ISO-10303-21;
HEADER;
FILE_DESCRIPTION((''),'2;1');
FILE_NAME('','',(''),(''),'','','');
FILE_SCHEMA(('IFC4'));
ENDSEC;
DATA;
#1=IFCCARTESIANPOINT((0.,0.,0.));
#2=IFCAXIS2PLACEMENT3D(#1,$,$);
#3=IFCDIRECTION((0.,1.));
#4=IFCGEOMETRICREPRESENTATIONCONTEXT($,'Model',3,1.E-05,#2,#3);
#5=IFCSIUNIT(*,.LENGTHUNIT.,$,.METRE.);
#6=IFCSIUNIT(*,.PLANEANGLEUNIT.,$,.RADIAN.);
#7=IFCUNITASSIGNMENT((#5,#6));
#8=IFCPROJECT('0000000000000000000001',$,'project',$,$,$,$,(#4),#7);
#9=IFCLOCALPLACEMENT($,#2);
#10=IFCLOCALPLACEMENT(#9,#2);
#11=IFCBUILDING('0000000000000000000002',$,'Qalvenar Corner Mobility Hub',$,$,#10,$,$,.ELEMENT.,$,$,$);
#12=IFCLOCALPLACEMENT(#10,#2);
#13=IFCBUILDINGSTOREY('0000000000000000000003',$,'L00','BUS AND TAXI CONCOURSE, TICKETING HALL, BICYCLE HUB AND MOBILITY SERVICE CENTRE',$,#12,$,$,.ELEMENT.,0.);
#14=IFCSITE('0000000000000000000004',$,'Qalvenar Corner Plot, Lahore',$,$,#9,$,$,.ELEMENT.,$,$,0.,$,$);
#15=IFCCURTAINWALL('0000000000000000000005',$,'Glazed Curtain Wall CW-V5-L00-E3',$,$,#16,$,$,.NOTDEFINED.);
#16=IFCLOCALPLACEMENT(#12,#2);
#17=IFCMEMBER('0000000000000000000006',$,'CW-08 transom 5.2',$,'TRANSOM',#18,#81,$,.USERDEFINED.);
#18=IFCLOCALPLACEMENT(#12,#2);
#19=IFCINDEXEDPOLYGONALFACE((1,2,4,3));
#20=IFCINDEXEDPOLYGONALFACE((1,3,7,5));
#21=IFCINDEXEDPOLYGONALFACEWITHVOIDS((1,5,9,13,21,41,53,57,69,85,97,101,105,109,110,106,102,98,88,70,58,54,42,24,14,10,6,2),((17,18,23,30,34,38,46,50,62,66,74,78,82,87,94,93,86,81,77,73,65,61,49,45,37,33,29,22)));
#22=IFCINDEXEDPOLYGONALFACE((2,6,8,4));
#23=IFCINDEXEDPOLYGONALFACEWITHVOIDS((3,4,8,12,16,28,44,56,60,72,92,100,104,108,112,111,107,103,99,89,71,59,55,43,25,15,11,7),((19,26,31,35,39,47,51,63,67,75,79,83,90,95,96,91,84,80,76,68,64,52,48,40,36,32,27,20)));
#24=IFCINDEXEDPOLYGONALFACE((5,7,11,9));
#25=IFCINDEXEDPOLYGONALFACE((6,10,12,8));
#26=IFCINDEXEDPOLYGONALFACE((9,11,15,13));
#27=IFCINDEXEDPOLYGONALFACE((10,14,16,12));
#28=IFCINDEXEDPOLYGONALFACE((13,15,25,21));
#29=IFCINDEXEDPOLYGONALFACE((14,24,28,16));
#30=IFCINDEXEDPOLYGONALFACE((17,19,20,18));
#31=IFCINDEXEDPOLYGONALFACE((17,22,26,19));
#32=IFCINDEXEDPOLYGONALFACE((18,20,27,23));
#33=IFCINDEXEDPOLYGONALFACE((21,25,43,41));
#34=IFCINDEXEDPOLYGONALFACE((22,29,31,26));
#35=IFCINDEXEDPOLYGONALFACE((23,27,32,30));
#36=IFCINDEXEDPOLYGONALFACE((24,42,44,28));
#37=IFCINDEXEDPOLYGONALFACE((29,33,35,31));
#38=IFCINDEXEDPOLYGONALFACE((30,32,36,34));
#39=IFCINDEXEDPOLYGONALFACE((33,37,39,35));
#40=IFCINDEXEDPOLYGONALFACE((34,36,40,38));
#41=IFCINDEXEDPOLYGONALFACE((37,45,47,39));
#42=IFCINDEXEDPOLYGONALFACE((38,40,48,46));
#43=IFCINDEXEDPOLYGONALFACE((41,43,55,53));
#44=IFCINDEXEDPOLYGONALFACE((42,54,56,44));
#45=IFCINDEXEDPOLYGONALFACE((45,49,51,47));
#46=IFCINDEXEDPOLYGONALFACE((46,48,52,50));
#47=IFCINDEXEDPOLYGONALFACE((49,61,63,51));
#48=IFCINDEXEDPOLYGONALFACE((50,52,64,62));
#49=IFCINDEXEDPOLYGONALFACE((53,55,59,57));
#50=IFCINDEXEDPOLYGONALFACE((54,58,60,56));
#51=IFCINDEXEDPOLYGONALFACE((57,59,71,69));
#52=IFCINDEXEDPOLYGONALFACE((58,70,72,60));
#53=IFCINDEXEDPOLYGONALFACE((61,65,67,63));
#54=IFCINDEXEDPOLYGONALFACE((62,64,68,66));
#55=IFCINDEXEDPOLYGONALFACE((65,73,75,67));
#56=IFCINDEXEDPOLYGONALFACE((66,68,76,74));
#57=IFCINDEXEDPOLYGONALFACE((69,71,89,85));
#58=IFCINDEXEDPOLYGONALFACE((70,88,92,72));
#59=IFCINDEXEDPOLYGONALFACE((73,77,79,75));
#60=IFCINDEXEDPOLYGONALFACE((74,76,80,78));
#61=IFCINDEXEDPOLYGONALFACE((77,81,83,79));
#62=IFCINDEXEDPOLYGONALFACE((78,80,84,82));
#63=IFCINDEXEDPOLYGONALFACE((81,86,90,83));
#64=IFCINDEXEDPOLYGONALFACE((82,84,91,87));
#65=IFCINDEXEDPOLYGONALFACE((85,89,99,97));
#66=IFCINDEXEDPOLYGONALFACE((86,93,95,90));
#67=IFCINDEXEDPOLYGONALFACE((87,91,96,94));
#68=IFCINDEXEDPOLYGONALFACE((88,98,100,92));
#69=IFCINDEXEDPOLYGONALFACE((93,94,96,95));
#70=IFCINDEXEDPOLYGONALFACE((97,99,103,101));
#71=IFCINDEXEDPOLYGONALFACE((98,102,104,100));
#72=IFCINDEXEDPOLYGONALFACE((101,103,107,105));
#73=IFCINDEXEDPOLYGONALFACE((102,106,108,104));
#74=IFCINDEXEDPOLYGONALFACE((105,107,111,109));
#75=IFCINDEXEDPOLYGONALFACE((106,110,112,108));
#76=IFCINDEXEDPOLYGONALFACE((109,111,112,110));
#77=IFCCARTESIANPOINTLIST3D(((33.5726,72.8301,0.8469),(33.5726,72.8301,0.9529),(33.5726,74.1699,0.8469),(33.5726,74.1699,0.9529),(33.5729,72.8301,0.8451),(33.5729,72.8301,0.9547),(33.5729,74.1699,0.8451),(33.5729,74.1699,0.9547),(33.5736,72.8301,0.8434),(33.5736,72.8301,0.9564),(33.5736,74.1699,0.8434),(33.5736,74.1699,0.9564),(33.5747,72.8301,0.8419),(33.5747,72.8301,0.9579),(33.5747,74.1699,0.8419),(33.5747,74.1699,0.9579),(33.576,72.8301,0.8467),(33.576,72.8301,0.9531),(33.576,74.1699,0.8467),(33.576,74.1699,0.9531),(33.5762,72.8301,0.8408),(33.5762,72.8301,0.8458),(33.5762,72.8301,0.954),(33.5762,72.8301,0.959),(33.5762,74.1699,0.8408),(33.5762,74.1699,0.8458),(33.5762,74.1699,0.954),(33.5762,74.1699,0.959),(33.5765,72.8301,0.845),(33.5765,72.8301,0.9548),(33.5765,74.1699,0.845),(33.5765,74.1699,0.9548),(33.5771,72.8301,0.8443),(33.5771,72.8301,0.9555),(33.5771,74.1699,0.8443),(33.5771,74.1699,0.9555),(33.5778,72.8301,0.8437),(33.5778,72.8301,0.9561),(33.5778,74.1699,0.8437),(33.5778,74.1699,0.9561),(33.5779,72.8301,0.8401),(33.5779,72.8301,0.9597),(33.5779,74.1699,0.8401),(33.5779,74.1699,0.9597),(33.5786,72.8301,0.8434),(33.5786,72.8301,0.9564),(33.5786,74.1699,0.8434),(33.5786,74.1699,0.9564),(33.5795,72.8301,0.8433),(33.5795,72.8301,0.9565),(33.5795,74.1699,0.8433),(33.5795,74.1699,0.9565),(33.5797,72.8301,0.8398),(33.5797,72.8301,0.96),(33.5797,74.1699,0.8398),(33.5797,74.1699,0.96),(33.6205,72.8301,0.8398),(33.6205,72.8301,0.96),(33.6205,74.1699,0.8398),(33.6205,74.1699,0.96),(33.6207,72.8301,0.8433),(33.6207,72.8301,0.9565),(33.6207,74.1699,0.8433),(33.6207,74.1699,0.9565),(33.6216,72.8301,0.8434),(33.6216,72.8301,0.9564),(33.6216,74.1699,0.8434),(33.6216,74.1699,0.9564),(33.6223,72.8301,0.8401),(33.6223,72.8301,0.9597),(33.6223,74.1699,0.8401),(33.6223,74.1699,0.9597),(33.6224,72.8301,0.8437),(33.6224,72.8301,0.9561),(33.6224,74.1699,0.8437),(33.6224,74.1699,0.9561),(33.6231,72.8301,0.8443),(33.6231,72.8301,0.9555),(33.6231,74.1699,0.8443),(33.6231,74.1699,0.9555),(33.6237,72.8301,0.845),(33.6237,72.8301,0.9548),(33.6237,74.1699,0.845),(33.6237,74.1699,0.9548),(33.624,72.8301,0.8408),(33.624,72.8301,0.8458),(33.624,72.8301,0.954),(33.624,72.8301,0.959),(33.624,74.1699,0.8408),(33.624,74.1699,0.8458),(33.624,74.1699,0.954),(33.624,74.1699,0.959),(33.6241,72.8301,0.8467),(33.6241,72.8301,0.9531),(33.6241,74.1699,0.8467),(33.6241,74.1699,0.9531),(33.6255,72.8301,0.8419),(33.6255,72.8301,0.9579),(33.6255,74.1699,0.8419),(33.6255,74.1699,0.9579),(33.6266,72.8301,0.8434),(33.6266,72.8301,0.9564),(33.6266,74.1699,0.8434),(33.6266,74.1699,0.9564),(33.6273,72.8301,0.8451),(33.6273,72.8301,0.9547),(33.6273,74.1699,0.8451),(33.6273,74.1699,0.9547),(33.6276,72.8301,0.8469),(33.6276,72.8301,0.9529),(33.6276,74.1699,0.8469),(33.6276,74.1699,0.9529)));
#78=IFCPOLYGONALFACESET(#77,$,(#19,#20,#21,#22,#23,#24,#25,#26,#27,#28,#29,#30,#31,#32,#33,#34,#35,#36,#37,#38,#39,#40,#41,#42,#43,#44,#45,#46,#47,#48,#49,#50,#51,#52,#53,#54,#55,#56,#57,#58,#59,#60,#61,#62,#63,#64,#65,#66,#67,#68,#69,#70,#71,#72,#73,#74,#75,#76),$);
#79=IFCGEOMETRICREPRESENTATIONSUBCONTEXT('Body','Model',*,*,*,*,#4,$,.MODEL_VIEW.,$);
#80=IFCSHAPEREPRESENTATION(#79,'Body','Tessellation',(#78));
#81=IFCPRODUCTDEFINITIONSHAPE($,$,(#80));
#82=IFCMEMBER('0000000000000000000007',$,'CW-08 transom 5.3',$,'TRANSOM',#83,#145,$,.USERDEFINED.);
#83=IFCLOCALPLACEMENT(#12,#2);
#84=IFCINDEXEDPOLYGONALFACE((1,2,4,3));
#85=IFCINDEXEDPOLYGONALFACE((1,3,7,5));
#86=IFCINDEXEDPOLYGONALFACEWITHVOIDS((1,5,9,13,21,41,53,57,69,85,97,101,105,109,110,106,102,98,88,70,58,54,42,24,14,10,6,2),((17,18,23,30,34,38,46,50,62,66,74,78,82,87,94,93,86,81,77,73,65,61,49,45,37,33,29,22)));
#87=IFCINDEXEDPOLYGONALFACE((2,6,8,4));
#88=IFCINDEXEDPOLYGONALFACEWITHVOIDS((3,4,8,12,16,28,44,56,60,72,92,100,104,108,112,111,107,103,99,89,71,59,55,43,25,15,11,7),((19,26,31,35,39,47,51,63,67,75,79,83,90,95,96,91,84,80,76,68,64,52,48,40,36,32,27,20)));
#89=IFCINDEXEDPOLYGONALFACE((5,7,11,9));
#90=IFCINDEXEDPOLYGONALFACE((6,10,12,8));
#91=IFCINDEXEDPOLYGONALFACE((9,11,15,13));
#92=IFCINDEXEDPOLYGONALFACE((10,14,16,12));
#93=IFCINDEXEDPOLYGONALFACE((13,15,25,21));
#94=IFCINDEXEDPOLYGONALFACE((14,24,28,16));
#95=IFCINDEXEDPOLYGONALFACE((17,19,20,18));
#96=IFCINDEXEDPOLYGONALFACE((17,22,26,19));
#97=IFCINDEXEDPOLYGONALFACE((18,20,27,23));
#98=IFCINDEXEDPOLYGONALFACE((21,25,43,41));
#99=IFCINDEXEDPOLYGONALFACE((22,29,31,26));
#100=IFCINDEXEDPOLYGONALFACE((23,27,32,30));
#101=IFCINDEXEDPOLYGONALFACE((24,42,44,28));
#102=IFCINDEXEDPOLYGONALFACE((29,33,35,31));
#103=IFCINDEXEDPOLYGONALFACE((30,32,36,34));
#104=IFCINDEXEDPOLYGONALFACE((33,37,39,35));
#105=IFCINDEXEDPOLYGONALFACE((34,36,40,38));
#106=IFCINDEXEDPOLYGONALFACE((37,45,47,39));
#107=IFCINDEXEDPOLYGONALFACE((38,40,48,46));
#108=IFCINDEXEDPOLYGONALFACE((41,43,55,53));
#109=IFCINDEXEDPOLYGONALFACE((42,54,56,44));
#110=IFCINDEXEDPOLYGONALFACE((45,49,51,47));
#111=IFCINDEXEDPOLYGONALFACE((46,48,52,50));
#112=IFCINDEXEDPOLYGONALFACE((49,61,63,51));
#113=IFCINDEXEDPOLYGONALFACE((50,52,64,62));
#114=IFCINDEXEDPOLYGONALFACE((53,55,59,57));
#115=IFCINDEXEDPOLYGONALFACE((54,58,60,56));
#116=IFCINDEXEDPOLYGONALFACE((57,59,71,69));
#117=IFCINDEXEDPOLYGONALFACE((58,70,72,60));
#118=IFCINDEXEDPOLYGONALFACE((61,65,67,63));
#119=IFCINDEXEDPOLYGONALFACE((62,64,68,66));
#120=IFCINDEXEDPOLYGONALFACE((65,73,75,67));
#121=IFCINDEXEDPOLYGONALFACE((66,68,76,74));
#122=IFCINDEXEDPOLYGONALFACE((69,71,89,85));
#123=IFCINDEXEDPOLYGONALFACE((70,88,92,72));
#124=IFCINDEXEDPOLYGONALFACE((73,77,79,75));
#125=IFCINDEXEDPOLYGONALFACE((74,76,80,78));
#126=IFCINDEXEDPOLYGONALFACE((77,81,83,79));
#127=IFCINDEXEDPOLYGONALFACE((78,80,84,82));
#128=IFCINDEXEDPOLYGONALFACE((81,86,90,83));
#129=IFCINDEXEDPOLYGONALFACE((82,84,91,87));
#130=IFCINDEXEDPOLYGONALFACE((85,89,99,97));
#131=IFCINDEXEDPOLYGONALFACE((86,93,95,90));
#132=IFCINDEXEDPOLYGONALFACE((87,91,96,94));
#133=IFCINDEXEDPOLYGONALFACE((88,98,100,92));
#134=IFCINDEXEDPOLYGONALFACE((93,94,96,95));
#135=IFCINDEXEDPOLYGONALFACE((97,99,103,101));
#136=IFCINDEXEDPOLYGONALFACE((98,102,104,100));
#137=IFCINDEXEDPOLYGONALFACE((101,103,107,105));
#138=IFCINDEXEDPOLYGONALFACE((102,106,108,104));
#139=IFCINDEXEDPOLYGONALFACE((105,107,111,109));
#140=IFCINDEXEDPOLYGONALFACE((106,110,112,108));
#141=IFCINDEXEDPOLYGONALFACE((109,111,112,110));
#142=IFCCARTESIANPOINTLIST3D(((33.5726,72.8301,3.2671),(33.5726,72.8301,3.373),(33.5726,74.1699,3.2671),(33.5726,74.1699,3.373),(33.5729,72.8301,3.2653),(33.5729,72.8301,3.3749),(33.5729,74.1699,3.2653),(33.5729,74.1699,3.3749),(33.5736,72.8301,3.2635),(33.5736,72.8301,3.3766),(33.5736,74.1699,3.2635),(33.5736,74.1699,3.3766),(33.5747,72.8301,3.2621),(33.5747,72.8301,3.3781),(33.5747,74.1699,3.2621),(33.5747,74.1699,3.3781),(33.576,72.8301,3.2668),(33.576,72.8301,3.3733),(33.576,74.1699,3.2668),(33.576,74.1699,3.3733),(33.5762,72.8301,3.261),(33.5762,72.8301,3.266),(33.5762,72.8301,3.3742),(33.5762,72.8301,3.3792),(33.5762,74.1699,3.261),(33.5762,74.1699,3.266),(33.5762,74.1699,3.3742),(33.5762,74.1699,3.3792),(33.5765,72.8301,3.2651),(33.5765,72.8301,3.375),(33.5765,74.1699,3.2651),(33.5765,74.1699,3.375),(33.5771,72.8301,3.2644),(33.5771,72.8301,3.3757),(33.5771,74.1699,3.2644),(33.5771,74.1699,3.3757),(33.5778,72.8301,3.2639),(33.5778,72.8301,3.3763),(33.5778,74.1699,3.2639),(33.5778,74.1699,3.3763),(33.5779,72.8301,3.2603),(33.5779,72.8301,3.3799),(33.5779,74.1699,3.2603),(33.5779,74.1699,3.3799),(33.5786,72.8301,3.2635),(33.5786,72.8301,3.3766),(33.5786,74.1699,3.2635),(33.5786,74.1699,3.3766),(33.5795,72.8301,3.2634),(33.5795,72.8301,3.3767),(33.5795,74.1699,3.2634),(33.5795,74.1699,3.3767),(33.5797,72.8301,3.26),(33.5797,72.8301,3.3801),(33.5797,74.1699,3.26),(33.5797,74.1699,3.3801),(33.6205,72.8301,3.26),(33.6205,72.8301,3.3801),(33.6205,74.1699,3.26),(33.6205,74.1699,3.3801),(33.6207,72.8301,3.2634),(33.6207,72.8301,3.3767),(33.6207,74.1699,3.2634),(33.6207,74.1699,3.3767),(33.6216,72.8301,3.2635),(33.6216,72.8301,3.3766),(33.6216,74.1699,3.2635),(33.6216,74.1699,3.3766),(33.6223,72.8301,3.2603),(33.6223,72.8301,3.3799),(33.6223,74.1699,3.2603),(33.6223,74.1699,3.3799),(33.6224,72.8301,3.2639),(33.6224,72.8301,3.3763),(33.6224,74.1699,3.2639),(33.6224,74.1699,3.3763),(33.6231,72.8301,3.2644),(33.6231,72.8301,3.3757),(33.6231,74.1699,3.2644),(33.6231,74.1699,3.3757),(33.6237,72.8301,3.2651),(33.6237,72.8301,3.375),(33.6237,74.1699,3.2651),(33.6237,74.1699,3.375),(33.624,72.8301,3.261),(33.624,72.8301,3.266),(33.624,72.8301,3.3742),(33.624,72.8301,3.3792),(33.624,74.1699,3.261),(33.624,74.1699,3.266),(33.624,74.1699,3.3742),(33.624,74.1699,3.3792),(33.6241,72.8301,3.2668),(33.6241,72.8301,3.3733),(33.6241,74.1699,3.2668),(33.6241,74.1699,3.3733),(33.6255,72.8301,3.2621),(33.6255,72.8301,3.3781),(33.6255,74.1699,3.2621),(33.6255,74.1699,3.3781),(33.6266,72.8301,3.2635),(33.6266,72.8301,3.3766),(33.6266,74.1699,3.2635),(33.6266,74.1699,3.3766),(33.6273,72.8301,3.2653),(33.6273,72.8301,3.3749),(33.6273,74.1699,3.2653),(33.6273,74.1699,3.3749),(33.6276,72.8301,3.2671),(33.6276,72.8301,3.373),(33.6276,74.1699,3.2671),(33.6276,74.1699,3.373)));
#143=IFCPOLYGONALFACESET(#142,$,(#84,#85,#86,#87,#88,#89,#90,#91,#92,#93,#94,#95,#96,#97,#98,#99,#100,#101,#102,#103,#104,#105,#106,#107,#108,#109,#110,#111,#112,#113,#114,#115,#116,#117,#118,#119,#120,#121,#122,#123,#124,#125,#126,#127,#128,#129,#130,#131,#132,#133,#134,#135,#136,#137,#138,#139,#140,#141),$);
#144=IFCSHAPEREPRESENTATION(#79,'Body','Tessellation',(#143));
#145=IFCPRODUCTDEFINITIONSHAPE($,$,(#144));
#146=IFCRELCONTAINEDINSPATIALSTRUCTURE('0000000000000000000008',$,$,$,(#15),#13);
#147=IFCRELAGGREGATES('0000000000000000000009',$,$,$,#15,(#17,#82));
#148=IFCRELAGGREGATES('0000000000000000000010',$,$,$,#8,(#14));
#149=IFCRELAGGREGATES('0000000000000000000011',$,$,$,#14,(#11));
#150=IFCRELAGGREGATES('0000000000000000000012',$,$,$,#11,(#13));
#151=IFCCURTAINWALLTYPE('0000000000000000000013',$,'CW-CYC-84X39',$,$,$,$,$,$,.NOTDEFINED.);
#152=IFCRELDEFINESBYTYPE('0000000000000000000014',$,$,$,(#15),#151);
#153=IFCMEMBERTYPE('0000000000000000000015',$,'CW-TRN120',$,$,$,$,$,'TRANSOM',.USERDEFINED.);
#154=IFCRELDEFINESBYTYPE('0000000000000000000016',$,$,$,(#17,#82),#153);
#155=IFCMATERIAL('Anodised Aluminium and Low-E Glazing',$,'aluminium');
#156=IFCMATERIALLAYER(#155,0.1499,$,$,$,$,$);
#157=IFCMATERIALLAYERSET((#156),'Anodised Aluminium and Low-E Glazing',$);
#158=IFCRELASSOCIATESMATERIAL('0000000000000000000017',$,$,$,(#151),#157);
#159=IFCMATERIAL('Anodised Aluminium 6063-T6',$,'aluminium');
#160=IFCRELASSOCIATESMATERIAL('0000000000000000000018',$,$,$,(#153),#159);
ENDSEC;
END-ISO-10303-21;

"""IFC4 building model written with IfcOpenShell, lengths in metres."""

from ifc_helpers import new_model, si_unit, direction, frame, origin, origin_2d, place, context, subcontext, project, spatial, hollow_rectangle, extrude, material, layer, layer_set, material_profile, profile_set, type_object, element, aggregate, save


model = new_model("IFC4")

# Units and contexts
model_context = context("Model", 3, precision=1e-05, world=origin(), true_north=direction((0.0, 1.0)))
body_context = subcontext(model_context, "Body", "Model", "MODEL_VIEW")
ifc_project = project(units=[si_unit("LENGTHUNIT", "METRE"), si_unit("PLANEANGLEUNIT", "RADIAN")], contexts=[model_context])

# Site, building, storey
site_placement = place(None, origin())
site = spatial("IfcSite", under=ifc_project, at=site_placement, Name="Qalvenar Corner Plot, Lahore", CompositionType="ELEMENT", RefElevation=0.0)
building_placement = place(site_placement, origin())
building = spatial("IfcBuilding", under=site, at=building_placement, Name="Qalvenar Corner Mobility Hub", CompositionType="ELEMENT")
storey_placement = place(building_placement, origin())
storey = spatial("IfcBuildingStorey", under=building, at=storey_placement, Name="L00", Description="BUS AND TAXI CONCOURSE, TICKETING HALL, BICYCLE HUB AND MOBILITY SERVICE CENTRE", CompositionType="ELEMENT", Elevation=0.0)

# Curtain wall, members
ifc_material_1 = material(Name="Anodised Aluminium and Low-E Glazing", Category="aluminium")
ifc_layer_1 = layer(ifc_material_1, 0.1499)
ifc_layer_set_1 = layer_set([ifc_layer_1], Name="Anodised Aluminium and Low-E Glazing")
curtain_wall_type = type_object("IfcCurtainWallType", Name="CW-CYC-84X39", PredefinedType="NOTDEFINED", material=ifc_layer_set_1)
curtain_wall_placement = place(storey_placement, origin())
curtain_wall = element("IfcCurtainWall", 1, at=curtain_wall_placement, inside=storey, type_object=curtain_wall_type, Name="Glazed Curtain Wall CW-V5-L00-E3", PredefinedType="NOTDEFINED")
ifc_material_2 = material(Name="Anodised Aluminium 6063-T6", Category="aluminium")
ifc_material_profile_1 = material_profile(ifc_material_2, hollow_rectangle(XDim=0.0549, YDim=0.1201, WallThickness=0.0034, InnerFilletRadius=0.0034, OuterFilletRadius=0.0071, at=origin_2d()), Name="RHS120x55x3.5")
ifc_profile_set_1 = profile_set([ifc_material_profile_1], Name="Anodised Aluminium 6063-T6")
member_type_1 = type_object("IfcMemberType", Name="CW-TRN120", ElementType="TRANSOM", PredefinedType="USERDEFINED", material=ifc_profile_set_1)
member_1_placement = place(storey_placement, frame((33.6001, 72.8301, 0.8999), z_axis=(0.0, 1.0, 0.0), x_axis=(-1.0, 0.0, 0.0)))
member_1 = element("IfcMember", 2, at=member_1_placement, type_object=member_type_1, Name="CW-08 transom 5.2", ObjectType="TRANSOM", PredefinedType="USERDEFINED", context=body_context, shape_type="SweptSolid", body=[
    extrude(hollow_rectangle(XDim=0.0549, YDim=0.1201, WallThickness=0.0034, InnerFilletRadius=0.0034, OuterFilletRadius=0.0071, at=origin_2d()), origin(), (0.0, 0.0, 1.0), 1.3398),
])
member_2_placement = place(storey_placement, frame((33.6001, 72.8301, 3.3201), z_axis=(0.0, 1.0, 0.0), x_axis=(-1.0, 0.0, 0.0)))
member_2 = element("IfcMember", 3, at=member_2_placement, type_object=member_type_1, Name="CW-08 transom 5.3", ObjectType="TRANSOM", PredefinedType="USERDEFINED", context=body_context, shape_type="SweptSolid", body=[
    extrude(hollow_rectangle(XDim=0.0549, YDim=0.1201, WallThickness=0.0034, InnerFilletRadius=0.0034, OuterFilletRadius=0.0071, at=origin_2d()), origin(), (0.0, 0.0, 1.0), 1.3398),
])
aggregate(curtain_wall, [member_1, member_2])

save(model, "model.ifc")
